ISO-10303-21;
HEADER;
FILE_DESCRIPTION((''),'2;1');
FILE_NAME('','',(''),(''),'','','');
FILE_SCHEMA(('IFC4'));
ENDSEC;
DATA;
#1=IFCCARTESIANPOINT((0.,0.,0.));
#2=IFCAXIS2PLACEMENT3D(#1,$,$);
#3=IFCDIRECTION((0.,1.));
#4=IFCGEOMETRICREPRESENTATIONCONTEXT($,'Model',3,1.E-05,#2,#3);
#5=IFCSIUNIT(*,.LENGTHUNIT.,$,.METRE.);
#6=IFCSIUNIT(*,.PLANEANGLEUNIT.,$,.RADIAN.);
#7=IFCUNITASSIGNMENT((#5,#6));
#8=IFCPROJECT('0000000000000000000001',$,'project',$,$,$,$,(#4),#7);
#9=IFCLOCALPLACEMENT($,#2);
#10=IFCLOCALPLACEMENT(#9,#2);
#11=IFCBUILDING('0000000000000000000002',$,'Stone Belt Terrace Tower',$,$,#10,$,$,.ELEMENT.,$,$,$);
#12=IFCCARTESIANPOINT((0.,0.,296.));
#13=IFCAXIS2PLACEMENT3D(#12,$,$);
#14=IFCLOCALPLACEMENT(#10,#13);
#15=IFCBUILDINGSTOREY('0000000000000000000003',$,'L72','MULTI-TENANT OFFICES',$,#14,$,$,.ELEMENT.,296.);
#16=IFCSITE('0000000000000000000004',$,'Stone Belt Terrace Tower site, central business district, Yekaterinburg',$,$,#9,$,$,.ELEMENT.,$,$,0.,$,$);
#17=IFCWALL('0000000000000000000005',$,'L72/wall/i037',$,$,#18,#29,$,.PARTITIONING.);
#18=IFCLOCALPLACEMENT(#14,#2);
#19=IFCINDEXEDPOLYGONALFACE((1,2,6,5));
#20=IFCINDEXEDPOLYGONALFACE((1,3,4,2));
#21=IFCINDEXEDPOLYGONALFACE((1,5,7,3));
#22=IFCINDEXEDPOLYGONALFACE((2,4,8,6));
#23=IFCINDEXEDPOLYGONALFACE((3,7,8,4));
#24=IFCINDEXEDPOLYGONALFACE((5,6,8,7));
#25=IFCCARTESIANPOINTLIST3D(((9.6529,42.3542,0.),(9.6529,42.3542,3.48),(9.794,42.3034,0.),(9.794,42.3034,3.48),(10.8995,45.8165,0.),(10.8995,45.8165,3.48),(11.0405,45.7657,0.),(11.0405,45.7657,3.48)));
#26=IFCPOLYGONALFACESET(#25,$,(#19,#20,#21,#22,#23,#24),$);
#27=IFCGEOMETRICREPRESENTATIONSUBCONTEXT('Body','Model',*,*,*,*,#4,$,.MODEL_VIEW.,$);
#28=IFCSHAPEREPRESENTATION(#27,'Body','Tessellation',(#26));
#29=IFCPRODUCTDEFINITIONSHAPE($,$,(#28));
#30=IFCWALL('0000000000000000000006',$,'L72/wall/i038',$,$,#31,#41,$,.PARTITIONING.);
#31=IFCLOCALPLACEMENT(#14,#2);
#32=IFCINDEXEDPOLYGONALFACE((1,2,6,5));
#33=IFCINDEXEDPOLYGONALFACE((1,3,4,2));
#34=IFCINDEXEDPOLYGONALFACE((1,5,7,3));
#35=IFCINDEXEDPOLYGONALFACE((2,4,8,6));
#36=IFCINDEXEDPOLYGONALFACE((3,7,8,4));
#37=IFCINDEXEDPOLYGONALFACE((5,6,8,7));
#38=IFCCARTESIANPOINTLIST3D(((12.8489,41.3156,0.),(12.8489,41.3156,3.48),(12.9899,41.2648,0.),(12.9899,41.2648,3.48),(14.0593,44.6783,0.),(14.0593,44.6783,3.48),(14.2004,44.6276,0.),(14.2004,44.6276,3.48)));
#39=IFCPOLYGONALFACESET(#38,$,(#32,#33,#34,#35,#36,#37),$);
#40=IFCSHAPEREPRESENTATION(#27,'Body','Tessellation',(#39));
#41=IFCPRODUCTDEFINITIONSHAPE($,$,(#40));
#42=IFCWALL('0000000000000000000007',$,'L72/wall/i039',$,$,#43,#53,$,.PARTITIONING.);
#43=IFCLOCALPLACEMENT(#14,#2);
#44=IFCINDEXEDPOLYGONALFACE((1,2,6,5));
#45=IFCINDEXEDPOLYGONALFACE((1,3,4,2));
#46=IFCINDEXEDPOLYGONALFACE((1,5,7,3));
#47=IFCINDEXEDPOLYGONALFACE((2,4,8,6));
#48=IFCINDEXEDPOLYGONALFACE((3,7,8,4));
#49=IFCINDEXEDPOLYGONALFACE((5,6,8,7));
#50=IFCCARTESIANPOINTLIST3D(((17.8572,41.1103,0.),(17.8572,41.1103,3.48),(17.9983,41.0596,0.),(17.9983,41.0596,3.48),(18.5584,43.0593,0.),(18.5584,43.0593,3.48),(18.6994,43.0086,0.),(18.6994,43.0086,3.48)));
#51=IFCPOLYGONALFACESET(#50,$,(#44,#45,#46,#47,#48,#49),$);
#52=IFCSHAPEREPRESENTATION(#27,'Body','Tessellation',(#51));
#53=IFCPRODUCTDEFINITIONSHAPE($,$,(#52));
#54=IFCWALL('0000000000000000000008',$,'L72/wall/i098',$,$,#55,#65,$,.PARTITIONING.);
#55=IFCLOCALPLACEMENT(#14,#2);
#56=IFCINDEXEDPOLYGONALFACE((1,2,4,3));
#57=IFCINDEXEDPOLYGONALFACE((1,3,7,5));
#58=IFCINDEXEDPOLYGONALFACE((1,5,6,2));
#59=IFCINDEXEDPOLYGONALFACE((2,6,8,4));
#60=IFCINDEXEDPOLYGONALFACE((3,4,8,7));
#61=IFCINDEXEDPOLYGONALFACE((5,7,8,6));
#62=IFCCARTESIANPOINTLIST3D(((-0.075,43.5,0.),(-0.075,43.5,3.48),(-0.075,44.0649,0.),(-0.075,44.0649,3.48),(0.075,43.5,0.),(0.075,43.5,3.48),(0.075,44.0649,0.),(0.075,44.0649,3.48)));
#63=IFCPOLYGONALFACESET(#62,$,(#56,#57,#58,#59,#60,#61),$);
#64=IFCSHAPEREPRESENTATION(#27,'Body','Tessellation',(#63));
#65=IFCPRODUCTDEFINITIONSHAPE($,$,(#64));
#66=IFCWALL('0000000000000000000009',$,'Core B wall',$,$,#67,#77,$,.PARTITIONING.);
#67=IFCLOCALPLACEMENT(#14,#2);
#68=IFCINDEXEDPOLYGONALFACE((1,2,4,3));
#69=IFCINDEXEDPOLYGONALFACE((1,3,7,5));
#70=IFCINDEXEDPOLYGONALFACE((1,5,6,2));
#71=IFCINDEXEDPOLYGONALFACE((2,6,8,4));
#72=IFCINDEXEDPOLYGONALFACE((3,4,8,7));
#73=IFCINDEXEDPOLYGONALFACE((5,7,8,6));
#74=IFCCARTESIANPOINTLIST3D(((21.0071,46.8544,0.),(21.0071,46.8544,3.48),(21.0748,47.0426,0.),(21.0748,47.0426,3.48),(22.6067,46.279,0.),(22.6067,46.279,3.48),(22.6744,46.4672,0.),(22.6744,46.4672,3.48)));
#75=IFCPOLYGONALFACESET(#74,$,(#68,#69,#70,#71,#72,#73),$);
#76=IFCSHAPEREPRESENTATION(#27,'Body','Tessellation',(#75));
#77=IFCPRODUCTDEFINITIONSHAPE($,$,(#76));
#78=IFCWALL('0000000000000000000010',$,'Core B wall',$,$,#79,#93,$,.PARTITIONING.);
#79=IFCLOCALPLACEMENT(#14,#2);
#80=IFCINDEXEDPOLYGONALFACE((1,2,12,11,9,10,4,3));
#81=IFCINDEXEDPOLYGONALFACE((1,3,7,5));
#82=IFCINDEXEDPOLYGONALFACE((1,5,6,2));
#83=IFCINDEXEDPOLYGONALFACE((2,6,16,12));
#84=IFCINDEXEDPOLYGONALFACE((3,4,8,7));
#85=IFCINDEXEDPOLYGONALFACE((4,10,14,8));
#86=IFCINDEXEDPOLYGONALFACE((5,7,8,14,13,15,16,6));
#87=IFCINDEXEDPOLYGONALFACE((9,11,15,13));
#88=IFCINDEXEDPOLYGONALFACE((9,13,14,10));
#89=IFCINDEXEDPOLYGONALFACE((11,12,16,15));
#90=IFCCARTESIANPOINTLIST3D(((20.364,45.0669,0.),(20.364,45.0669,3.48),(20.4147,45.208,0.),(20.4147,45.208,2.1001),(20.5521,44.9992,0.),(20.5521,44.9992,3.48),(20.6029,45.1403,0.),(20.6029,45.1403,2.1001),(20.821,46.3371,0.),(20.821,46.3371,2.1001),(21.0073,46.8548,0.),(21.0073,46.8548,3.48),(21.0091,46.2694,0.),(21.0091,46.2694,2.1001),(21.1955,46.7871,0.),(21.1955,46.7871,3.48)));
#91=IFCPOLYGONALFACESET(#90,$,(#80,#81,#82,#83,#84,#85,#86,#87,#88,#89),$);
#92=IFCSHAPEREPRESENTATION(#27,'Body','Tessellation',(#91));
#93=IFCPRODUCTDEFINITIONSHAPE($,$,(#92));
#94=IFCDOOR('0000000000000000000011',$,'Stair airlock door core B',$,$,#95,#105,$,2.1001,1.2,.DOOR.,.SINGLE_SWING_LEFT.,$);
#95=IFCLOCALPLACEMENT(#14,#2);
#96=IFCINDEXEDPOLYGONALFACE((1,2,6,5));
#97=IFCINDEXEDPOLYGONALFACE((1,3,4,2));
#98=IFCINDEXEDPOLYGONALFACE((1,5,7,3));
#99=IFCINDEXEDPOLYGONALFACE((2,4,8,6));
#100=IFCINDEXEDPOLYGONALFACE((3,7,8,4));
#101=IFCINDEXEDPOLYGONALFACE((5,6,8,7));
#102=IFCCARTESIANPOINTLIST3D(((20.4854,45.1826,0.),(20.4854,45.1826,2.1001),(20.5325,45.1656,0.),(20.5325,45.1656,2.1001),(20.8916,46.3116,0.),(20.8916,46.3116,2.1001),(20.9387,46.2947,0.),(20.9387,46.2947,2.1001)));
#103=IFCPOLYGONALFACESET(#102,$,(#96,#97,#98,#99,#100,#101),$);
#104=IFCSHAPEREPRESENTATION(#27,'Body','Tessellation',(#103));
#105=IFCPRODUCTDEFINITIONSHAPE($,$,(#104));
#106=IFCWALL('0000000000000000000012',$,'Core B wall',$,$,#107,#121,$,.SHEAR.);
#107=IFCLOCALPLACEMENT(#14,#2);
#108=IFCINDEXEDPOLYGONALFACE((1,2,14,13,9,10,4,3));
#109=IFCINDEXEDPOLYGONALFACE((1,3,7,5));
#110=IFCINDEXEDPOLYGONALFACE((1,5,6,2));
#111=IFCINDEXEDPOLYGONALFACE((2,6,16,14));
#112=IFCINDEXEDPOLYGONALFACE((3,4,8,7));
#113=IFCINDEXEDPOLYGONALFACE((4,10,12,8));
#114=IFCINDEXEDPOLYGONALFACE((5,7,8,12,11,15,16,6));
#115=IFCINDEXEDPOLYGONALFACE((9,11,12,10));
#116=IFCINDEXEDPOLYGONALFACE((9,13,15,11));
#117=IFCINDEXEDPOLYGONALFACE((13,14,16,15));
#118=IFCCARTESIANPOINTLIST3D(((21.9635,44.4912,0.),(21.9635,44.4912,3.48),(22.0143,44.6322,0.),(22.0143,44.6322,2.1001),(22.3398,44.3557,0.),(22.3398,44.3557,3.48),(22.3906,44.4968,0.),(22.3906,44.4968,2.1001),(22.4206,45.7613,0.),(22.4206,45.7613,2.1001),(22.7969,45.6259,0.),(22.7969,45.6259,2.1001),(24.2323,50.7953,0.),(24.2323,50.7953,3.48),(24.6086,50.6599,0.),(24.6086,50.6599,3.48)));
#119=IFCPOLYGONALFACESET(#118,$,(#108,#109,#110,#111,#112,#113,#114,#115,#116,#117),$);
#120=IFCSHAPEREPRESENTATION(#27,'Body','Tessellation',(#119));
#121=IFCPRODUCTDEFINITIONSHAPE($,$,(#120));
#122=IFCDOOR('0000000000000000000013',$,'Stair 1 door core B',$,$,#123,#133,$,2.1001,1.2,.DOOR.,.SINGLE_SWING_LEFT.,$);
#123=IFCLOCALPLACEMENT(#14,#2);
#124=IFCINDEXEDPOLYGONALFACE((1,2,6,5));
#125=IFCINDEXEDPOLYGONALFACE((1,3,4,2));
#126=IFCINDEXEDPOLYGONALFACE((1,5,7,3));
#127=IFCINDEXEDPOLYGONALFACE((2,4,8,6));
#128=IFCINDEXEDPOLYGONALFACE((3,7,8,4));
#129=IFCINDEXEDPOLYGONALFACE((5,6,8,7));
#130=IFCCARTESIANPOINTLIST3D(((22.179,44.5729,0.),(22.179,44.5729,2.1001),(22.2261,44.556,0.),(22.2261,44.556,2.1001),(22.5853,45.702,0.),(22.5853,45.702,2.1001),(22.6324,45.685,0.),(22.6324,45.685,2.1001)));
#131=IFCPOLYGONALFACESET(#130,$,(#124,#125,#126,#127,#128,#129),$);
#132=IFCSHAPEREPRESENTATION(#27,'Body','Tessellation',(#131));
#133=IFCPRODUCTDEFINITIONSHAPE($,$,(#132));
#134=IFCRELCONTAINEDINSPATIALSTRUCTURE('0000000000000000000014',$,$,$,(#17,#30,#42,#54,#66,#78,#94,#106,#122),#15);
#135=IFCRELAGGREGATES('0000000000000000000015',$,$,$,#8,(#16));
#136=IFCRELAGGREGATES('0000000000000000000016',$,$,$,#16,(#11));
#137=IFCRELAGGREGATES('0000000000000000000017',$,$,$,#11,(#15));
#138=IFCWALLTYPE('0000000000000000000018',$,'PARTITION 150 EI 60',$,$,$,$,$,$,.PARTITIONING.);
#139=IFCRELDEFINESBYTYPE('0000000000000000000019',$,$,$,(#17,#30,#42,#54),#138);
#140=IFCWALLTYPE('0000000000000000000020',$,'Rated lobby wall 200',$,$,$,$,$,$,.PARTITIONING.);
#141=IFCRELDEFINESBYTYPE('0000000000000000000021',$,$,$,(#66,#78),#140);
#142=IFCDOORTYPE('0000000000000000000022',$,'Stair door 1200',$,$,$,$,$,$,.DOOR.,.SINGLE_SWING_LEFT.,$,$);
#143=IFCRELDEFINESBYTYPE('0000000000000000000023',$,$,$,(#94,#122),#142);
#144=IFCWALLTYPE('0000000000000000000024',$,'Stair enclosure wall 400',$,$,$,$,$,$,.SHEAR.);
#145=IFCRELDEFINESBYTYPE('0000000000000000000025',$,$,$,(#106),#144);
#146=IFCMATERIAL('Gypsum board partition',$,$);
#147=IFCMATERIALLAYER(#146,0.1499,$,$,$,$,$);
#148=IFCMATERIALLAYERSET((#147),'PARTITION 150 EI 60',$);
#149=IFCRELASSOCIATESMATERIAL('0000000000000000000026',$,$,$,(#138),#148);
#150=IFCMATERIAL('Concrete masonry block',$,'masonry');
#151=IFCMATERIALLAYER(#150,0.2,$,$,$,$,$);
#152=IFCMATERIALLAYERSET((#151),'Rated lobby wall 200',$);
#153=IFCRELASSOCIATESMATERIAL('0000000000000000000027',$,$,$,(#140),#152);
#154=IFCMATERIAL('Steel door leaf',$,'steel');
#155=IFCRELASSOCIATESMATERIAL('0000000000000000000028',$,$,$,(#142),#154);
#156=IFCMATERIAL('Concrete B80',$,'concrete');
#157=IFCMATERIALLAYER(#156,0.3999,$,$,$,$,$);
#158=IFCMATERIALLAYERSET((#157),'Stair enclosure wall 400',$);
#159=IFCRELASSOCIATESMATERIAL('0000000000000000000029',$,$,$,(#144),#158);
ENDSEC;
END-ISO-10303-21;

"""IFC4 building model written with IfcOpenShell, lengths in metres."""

from ifc_helpers import new_model, si_unit, direction, frame, frame_2d, origin, place, context, subcontext, project, spatial, rectangle, extrude, material, layer, layer_set, type_object, element, fill, save


model = new_model("IFC4")

# Units and contexts
model_context = context("Model", 3, precision=1e-05, world=origin(), true_north=direction((0.0, 1.0)))
body_context = subcontext(model_context, "Body", "Model", "MODEL_VIEW")
ifc_project = project(units=[si_unit("LENGTHUNIT", "METRE"), si_unit("PLANEANGLEUNIT", "RADIAN")], contexts=[model_context])

# Site, building, storey
site_placement = place(None, origin())
site = spatial("IfcSite", under=ifc_project, at=site_placement, Name="Stone Belt Terrace Tower site, central business district, Yekaterinburg", CompositionType="ELEMENT", RefElevation=0.0)
building_placement = place(site_placement, origin())
building = spatial("IfcBuilding", under=site, at=building_placement, Name="Stone Belt Terrace Tower", CompositionType="ELEMENT")
storey_placement = place(building_placement, frame((0.0, 0.0, 296.0)))
storey = spatial("IfcBuildingStorey", under=building, at=storey_placement, Name="L72", Description="MULTI-TENANT OFFICES", CompositionType="ELEMENT", Elevation=296.0)

# Shared definitions
ifc_material_1 = material(Name="Gypsum board partition")
ifc_layer_1 = layer(ifc_material_1, 0.1499)
ifc_layer_set_1 = layer_set([ifc_layer_1], Name="PARTITION 150 EI 60")
wall_type_1 = type_object("IfcWallType", Name="PARTITION 150 EI 60", PredefinedType="PARTITIONING", material=ifc_layer_set_1)

# Walls
wall_1_placement = place(storey_placement, frame((10.97, 45.791, 0.0), z_axis=(0.0, 0.0, 1.0), x_axis=(-0.338748, -0.940877, 0.0)))
element("IfcWall", 1, at=wall_1_placement, inside=storey, type_object=wall_type_1, Name="L72/wall/i037", PredefinedType="PARTITIONING", context=body_context, shape_type="SweptSolid", body=[
    extrude(rectangle(XDim=3.6799, YDim=0.1499, at=frame_2d((1.8398, 0.0))), origin(), (0.0, 0.0, 1.0), 3.48),
])
wall_2_placement = place(storey_placement, frame((14.1299, 44.6531, 0.0), z_axis=(0.0, 0.0, 1.0), x_axis=(-0.338681, -0.940901, 0.0)))
element("IfcWall", 2, at=wall_2_placement, inside=storey, type_object=wall_type_1, Name="L72/wall/i038", PredefinedType="PARTITIONING", context=body_context, shape_type="SweptSolid", body=[
    extrude(rectangle(XDim=3.574, YDim=0.1499, at=frame_2d((1.7871, 0.0))), origin(), (0.0, 0.0, 1.0), 3.48),
])
wall_3_placement = place(storey_placement, frame((18.6289, 43.0339, 0.0), z_axis=(0.0, 0.0, 1.0), x_axis=(-0.338523, -0.940958, 0.0)))
element("IfcWall", 3, at=wall_3_placement, inside=storey, type_object=wall_type_1, Name="L72/wall/i039", PredefinedType="PARTITIONING", context=body_context, shape_type="SweptSolid", body=[
    extrude(rectangle(XDim=2.0713, YDim=0.1499, at=frame_2d((1.0356, 0.0))), origin(), (0.0, 0.0, 1.0), 3.48),
])
wall_4_placement = place(storey_placement, frame((0.0, 44.0649, 0.0), z_axis=(0.0, 0.0, 1.0), x_axis=(0.0, -1.0, 0.0)))
element("IfcWall", 4, at=wall_4_placement, inside=storey, type_object=wall_type_1, Name="L72/wall/i098", PredefinedType="PARTITIONING", context=body_context, shape_type="SweptSolid", body=[
    extrude(rectangle(XDim=0.5649, YDim=0.1499, at=frame_2d((0.2825, 0.0))), origin(), (0.0, 0.0, 1.0), 3.48),
])
ifc_material_2 = material(Name="Concrete masonry block", Category="masonry")
ifc_layer_2 = layer(ifc_material_2, 0.2)
ifc_layer_set_2 = layer_set([ifc_layer_2], Name="Rated lobby wall 200")
wall_type_2 = type_object("IfcWallType", Name="Rated lobby wall 200", PredefinedType="PARTITIONING", material=ifc_layer_set_2)
wall_5_placement = place(storey_placement, frame((22.6406, 46.373, 0.0), z_axis=(0.0, 0.0, 1.0), x_axis=(-0.940966, 0.338501, 0.0)))
element("IfcWall", 5, at=wall_5_placement, inside=storey, type_object=wall_type_2, Name="Core B wall", PredefinedType="PARTITIONING", context=body_context, shape_type="SweptSolid", body=[
    extrude(rectangle(XDim=1.7, YDim=0.2, at=frame_2d((0.8501, 0.0))), origin(), (0.0, 0.0, 1.0), 3.48),
])

# Walls, openings, doors
wall_6_placement = place(storey_placement, frame((20.458, 45.033, 0.0), z_axis=(0.0, 0.0, 1.0), x_axis=(0.338574, 0.94094, 0.0)))
wall_6 = element("IfcWall", 6, at=wall_6_placement, inside=storey, type_object=wall_type_2, Name="Core B wall", PredefinedType="PARTITIONING", context=body_context, shape_type="SweptSolid", body=[
    extrude(rectangle(XDim=1.9001, YDim=0.2, at=frame_2d((0.9502, 0.0))), origin(), (0.0, 0.0, 1.0), 3.48),
])
opening_1_placement = place(wall_6_placement, frame((0.1499, 0.0, 0.0)))
opening_1 = element("IfcOpeningElement", 7, at=opening_1_placement, cuts=wall_6, PredefinedType="OPENING", context=body_context, shape_type="SweptSolid", body=[
    extrude(rectangle(XDim=1.2, YDim=2.1001, at=frame_2d((0.6001, 1.05))), frame((0.0, 0.1099, 0.0), z_axis=(0.0, -1.0, 0.0), x_axis=(1.0, 0.0, 0.0)), (0.0, 0.0, 1.0), 0.22),
])
ifc_material_3 = material(Name="Steel door leaf", Category="steel")
door_type_1 = type_object("IfcDoorType", Name="Stair door 1200", OperationType="SINGLE_SWING_LEFT", PredefinedType="DOOR", material=ifc_material_3)
door_1_placement = place(opening_1_placement, origin())
door_1 = element("IfcDoor", 8, at=door_1_placement, inside=storey, type_object=door_type_1, Name="Stair airlock door core B", OperationType="SINGLE_SWING_LEFT", OverallHeight=2.1001, OverallWidth=1.2, PredefinedType="DOOR", context=body_context, shape_type="SweptSolid", body=[
    extrude(rectangle(XDim=1.2, YDim=2.1001, at=frame_2d((0.6001, 1.05))), frame((0.0, 0.0249, 0.0), z_axis=(0.0, -1.0, 0.0), x_axis=(1.0, 0.0, 0.0)), (0.0, 0.0, 1.0), 0.05),
])
fill(opening_1, door_1)
ifc_material_4 = material(Name="Concrete B80", Category="concrete")
ifc_layer_3 = layer(ifc_material_4, 0.3999)
ifc_layer_set_3 = layer_set([ifc_layer_3], Name="Stair enclosure wall 400")
wall_type_3 = type_object("IfcWallType", Name="Stair enclosure wall 400", PredefinedType="SHEAR", material=ifc_layer_set_3)
wall_7_placement = place(storey_placement, frame((22.1516, 44.4233, 0.0), z_axis=(0.0, 0.0, 1.0), x_axis=(0.338625, 0.940921, 0.0)))
wall_7 = element("IfcWall", 9, at=wall_7_placement, inside=storey, type_object=wall_type_3, Name="Core B wall", PredefinedType="SHEAR", context=body_context, shape_type="SweptSolid", body=[
    extrude(rectangle(XDim=6.7, YDim=0.3999, at=frame_2d((3.3501, 0.0))), origin(), (0.0, 0.0, 1.0), 3.48),
])
opening_2_placement = place(wall_7_placement, frame((0.1499, 0.0, 0.0)))
opening_2 = element("IfcOpeningElement", 10, at=opening_2_placement, cuts=wall_7, PredefinedType="OPENING", context=body_context, shape_type="SweptSolid", body=[
    extrude(rectangle(XDim=1.2, YDim=2.1001, at=frame_2d((0.6001, 1.05))), frame((0.0, 0.21, 0.0), z_axis=(0.0, -1.0, 0.0), x_axis=(1.0, 0.0, 0.0)), (0.0, 0.0, 1.0), 0.4199),
])
door_2_placement = place(opening_2_placement, origin())
door_2 = element("IfcDoor", 11, at=door_2_placement, inside=storey, type_object=door_type_1, Name="Stair 1 door core B", OperationType="SINGLE_SWING_LEFT", OverallHeight=2.1001, OverallWidth=1.2, PredefinedType="DOOR", context=body_context, shape_type="SweptSolid", body=[
    extrude(rectangle(XDim=1.2, YDim=2.1001, at=frame_2d((0.6001, 1.05))), frame((0.0, 0.0249, 0.0), z_axis=(0.0, -1.0, 0.0), x_axis=(1.0, 0.0, 0.0)), (0.0, 0.0, 1.0), 0.05),
])
fill(opening_2, door_2)

save(model, "model.ifc")
